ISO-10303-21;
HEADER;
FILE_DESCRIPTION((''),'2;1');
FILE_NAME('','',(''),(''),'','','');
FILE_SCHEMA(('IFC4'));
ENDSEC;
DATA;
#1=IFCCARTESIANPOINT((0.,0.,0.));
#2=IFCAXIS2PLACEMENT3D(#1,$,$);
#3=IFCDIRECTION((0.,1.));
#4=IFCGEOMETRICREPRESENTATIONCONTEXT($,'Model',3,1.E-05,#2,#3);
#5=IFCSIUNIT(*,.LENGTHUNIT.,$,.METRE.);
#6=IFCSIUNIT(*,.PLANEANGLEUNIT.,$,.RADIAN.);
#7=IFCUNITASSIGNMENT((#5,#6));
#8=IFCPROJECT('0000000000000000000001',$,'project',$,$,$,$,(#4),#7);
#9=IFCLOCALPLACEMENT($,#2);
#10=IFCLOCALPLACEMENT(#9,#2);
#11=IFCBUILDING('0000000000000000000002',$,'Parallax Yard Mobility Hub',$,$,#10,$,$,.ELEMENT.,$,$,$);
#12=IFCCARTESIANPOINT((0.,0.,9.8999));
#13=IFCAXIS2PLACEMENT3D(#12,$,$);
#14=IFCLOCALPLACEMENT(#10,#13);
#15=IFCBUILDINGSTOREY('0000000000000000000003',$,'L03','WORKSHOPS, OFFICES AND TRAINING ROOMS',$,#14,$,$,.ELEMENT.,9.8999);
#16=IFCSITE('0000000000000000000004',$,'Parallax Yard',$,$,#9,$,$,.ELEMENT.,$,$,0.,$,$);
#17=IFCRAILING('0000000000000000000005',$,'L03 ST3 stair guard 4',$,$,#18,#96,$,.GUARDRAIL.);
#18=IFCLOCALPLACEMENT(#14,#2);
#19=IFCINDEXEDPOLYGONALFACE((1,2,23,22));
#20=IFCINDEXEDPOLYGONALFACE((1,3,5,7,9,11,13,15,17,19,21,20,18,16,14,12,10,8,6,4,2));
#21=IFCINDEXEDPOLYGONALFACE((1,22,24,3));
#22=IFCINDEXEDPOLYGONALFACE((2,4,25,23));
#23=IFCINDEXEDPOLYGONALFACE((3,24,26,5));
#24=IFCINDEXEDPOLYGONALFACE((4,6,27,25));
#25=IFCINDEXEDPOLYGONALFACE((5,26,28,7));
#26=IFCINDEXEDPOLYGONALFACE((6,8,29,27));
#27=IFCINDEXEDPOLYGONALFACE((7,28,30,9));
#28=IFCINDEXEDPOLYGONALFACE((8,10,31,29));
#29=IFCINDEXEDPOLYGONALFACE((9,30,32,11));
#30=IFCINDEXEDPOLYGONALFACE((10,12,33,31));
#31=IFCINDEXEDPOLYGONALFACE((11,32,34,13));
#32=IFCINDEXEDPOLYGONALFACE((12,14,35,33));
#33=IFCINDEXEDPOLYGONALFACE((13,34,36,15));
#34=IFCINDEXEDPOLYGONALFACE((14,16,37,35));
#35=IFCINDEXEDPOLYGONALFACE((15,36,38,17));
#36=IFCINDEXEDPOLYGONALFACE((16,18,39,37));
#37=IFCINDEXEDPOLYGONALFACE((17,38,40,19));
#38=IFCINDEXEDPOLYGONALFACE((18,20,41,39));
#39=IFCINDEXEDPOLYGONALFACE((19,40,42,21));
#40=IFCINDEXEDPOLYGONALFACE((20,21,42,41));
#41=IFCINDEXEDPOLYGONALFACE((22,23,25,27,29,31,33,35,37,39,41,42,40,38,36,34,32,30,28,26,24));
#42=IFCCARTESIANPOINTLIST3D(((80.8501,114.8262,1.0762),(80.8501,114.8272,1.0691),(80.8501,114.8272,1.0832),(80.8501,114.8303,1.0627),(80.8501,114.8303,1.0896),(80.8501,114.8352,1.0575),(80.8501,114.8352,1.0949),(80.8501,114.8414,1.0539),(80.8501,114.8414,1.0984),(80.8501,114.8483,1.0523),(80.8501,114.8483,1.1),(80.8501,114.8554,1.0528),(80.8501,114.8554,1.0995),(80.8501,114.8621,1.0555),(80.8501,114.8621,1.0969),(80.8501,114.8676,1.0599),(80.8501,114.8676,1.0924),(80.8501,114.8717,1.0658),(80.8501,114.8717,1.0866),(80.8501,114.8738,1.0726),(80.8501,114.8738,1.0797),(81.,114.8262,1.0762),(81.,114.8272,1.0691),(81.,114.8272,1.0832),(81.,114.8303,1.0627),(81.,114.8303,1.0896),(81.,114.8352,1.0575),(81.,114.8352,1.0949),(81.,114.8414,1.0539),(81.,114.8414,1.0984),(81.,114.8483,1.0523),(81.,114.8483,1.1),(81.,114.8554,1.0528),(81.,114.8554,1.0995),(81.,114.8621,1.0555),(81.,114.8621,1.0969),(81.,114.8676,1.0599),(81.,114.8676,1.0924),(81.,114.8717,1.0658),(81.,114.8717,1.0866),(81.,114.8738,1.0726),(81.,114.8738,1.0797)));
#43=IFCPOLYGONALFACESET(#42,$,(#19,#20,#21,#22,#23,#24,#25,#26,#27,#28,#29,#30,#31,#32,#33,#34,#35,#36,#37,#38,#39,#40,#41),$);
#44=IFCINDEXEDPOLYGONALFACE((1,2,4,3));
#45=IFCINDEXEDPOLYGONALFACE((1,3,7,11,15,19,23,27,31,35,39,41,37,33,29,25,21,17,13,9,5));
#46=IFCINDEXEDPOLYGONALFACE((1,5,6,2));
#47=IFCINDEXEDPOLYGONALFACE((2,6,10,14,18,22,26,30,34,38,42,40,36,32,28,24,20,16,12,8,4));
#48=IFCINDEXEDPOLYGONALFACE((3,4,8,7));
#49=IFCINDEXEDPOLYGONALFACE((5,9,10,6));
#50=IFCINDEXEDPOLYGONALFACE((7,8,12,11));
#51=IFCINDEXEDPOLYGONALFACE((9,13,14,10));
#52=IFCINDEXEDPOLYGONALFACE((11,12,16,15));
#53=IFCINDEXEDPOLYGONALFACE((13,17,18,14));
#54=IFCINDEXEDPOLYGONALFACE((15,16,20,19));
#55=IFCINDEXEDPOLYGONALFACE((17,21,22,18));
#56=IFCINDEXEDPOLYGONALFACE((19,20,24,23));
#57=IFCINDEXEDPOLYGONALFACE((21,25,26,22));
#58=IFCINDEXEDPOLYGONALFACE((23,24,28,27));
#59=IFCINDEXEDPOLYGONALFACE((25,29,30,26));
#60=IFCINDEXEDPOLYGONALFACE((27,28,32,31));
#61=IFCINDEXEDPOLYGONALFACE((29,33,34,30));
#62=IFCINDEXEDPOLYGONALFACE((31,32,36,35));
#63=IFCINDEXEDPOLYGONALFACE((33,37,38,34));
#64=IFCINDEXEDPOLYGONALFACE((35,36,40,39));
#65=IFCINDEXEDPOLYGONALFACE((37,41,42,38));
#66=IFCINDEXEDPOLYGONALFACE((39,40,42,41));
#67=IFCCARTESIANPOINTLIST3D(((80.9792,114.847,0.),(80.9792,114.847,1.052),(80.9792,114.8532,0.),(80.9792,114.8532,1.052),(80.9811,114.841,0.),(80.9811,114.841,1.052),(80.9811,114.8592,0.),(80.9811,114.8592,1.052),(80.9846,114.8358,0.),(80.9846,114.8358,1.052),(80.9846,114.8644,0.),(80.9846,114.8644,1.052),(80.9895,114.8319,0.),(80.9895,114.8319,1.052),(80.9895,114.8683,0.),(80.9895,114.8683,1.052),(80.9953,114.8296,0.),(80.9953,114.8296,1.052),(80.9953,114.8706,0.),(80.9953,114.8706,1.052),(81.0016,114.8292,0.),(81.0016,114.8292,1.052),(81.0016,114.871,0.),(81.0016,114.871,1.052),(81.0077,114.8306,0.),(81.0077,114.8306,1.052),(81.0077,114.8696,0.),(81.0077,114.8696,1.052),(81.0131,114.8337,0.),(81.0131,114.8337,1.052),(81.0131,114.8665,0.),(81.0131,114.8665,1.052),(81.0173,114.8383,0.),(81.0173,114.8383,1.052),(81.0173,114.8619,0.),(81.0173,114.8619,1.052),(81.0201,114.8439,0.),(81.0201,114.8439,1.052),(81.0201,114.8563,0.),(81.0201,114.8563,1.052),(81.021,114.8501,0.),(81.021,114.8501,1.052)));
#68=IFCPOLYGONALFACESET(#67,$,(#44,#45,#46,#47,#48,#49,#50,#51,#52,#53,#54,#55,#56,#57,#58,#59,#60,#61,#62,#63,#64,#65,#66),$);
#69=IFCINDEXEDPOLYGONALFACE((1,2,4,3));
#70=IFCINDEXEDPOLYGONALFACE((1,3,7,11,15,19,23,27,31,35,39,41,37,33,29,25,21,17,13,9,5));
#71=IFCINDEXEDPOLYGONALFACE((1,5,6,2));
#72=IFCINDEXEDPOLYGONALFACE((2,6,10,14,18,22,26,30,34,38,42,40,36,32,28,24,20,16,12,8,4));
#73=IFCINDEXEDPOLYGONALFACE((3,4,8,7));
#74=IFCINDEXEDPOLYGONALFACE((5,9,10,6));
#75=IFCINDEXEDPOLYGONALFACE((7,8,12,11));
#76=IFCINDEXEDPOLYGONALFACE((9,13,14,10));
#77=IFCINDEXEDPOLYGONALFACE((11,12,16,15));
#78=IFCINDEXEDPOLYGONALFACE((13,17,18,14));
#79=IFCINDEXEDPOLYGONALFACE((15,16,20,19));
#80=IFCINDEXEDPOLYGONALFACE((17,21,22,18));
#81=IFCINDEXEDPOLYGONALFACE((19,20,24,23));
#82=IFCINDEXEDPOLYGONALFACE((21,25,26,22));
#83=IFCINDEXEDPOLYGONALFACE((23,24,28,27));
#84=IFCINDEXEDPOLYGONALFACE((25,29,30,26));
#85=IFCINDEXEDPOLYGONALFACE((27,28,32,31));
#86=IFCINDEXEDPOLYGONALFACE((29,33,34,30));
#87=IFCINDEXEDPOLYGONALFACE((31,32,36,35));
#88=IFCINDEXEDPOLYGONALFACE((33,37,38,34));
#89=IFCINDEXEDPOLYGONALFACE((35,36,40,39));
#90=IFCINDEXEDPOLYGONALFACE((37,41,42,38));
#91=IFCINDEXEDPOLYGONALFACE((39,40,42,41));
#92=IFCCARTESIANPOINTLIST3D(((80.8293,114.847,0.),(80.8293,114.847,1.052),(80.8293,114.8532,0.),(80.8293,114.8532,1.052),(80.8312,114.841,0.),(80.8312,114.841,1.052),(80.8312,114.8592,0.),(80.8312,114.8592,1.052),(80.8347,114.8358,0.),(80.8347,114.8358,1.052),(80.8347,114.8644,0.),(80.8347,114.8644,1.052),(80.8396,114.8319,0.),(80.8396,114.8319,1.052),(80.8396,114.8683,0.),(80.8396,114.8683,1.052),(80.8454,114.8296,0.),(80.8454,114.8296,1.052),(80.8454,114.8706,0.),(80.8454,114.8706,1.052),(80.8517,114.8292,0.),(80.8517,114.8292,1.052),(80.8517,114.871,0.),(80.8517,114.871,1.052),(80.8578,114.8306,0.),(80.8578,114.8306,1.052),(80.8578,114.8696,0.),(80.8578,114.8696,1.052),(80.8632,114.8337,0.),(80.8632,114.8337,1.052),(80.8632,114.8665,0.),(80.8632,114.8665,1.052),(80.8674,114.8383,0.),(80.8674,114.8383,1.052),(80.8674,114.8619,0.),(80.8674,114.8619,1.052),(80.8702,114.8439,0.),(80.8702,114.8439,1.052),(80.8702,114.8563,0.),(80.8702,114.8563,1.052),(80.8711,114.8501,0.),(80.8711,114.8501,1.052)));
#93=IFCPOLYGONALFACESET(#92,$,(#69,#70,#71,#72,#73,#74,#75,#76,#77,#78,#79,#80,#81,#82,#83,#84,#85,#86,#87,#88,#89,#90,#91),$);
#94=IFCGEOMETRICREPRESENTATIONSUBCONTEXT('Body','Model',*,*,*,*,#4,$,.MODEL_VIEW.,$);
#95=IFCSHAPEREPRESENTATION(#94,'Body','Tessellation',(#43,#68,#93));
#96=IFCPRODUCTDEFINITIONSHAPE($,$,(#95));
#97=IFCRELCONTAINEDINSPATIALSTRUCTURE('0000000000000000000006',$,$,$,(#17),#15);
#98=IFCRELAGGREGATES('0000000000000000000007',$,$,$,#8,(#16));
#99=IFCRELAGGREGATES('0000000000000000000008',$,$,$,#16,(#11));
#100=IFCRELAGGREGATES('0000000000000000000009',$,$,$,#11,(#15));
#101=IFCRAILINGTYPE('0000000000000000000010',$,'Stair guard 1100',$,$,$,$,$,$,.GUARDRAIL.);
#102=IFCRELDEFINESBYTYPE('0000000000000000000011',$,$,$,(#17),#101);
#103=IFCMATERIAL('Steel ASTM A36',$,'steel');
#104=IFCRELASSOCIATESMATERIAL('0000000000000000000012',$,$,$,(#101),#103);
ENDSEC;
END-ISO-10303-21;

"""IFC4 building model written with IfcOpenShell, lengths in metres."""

from ifc_helpers import new_model, si_unit, direction, frame, origin, origin_2d, place, context, subcontext, project, spatial, circle, extrude, material, type_object, element, save


model = new_model("IFC4")

# Units and contexts
model_context = context("Model", 3, precision=1e-05, world=origin(), true_north=direction((0.0, 1.0)))
body_context = subcontext(model_context, "Body", "Model", "MODEL_VIEW")
ifc_project = project(units=[si_unit("LENGTHUNIT", "METRE"), si_unit("PLANEANGLEUNIT", "RADIAN")], contexts=[model_context])

# Site, building, storey
site_placement = place(None, origin())
site = spatial("IfcSite", under=ifc_project, at=site_placement, Name="Parallax Yard", CompositionType="ELEMENT", RefElevation=0.0)
building_placement = place(site_placement, origin())
building = spatial("IfcBuilding", under=site, at=building_placement, Name="Parallax Yard Mobility Hub", CompositionType="ELEMENT")
storey_placement = place(building_placement, frame((0.0, 0.0, 9.8999)))
storey = spatial("IfcBuildingStorey", under=building, at=storey_placement, Name="L03", Description="WORKSHOPS, OFFICES AND TRAINING ROOMS", CompositionType="ELEMENT", Elevation=9.8999)

# Railing
ifc_material_1 = material(Name="Steel ASTM A36", Category="steel")
railing_type_1 = type_object("IfcRailingType", Name="Stair guard 1100", PredefinedType="GUARDRAIL", material=ifc_material_1)
railing_1_placement = place(storey_placement, frame((81.0, 114.8501, 0.0)))
element("IfcRailing", 1, at=railing_1_placement, inside=storey, type_object=railing_type_1, Name="L03 ST3 stair guard 4", PredefinedType="GUARDRAIL", context=body_context, shape_type="SweptSolid", body=[
    extrude(circle(Radius=0.0239, at=origin_2d()), frame((0.0, 0.0, 1.0762), z_axis=(-1.0, 0.0, 0.0), x_axis=(0.0, -1.0, 0.0)), (0.0, 0.0, 1.0), 0.1499),
    extrude(circle(Radius=0.021, at=origin_2d()), origin(), (0.0, 0.0, 1.0), 1.052),
    extrude(circle(Radius=0.021, at=origin_2d()), frame((-0.1499, 0.0, 0.0)), (0.0, 0.0, 1.0), 1.052),
])

save(model, "model.ifc")
